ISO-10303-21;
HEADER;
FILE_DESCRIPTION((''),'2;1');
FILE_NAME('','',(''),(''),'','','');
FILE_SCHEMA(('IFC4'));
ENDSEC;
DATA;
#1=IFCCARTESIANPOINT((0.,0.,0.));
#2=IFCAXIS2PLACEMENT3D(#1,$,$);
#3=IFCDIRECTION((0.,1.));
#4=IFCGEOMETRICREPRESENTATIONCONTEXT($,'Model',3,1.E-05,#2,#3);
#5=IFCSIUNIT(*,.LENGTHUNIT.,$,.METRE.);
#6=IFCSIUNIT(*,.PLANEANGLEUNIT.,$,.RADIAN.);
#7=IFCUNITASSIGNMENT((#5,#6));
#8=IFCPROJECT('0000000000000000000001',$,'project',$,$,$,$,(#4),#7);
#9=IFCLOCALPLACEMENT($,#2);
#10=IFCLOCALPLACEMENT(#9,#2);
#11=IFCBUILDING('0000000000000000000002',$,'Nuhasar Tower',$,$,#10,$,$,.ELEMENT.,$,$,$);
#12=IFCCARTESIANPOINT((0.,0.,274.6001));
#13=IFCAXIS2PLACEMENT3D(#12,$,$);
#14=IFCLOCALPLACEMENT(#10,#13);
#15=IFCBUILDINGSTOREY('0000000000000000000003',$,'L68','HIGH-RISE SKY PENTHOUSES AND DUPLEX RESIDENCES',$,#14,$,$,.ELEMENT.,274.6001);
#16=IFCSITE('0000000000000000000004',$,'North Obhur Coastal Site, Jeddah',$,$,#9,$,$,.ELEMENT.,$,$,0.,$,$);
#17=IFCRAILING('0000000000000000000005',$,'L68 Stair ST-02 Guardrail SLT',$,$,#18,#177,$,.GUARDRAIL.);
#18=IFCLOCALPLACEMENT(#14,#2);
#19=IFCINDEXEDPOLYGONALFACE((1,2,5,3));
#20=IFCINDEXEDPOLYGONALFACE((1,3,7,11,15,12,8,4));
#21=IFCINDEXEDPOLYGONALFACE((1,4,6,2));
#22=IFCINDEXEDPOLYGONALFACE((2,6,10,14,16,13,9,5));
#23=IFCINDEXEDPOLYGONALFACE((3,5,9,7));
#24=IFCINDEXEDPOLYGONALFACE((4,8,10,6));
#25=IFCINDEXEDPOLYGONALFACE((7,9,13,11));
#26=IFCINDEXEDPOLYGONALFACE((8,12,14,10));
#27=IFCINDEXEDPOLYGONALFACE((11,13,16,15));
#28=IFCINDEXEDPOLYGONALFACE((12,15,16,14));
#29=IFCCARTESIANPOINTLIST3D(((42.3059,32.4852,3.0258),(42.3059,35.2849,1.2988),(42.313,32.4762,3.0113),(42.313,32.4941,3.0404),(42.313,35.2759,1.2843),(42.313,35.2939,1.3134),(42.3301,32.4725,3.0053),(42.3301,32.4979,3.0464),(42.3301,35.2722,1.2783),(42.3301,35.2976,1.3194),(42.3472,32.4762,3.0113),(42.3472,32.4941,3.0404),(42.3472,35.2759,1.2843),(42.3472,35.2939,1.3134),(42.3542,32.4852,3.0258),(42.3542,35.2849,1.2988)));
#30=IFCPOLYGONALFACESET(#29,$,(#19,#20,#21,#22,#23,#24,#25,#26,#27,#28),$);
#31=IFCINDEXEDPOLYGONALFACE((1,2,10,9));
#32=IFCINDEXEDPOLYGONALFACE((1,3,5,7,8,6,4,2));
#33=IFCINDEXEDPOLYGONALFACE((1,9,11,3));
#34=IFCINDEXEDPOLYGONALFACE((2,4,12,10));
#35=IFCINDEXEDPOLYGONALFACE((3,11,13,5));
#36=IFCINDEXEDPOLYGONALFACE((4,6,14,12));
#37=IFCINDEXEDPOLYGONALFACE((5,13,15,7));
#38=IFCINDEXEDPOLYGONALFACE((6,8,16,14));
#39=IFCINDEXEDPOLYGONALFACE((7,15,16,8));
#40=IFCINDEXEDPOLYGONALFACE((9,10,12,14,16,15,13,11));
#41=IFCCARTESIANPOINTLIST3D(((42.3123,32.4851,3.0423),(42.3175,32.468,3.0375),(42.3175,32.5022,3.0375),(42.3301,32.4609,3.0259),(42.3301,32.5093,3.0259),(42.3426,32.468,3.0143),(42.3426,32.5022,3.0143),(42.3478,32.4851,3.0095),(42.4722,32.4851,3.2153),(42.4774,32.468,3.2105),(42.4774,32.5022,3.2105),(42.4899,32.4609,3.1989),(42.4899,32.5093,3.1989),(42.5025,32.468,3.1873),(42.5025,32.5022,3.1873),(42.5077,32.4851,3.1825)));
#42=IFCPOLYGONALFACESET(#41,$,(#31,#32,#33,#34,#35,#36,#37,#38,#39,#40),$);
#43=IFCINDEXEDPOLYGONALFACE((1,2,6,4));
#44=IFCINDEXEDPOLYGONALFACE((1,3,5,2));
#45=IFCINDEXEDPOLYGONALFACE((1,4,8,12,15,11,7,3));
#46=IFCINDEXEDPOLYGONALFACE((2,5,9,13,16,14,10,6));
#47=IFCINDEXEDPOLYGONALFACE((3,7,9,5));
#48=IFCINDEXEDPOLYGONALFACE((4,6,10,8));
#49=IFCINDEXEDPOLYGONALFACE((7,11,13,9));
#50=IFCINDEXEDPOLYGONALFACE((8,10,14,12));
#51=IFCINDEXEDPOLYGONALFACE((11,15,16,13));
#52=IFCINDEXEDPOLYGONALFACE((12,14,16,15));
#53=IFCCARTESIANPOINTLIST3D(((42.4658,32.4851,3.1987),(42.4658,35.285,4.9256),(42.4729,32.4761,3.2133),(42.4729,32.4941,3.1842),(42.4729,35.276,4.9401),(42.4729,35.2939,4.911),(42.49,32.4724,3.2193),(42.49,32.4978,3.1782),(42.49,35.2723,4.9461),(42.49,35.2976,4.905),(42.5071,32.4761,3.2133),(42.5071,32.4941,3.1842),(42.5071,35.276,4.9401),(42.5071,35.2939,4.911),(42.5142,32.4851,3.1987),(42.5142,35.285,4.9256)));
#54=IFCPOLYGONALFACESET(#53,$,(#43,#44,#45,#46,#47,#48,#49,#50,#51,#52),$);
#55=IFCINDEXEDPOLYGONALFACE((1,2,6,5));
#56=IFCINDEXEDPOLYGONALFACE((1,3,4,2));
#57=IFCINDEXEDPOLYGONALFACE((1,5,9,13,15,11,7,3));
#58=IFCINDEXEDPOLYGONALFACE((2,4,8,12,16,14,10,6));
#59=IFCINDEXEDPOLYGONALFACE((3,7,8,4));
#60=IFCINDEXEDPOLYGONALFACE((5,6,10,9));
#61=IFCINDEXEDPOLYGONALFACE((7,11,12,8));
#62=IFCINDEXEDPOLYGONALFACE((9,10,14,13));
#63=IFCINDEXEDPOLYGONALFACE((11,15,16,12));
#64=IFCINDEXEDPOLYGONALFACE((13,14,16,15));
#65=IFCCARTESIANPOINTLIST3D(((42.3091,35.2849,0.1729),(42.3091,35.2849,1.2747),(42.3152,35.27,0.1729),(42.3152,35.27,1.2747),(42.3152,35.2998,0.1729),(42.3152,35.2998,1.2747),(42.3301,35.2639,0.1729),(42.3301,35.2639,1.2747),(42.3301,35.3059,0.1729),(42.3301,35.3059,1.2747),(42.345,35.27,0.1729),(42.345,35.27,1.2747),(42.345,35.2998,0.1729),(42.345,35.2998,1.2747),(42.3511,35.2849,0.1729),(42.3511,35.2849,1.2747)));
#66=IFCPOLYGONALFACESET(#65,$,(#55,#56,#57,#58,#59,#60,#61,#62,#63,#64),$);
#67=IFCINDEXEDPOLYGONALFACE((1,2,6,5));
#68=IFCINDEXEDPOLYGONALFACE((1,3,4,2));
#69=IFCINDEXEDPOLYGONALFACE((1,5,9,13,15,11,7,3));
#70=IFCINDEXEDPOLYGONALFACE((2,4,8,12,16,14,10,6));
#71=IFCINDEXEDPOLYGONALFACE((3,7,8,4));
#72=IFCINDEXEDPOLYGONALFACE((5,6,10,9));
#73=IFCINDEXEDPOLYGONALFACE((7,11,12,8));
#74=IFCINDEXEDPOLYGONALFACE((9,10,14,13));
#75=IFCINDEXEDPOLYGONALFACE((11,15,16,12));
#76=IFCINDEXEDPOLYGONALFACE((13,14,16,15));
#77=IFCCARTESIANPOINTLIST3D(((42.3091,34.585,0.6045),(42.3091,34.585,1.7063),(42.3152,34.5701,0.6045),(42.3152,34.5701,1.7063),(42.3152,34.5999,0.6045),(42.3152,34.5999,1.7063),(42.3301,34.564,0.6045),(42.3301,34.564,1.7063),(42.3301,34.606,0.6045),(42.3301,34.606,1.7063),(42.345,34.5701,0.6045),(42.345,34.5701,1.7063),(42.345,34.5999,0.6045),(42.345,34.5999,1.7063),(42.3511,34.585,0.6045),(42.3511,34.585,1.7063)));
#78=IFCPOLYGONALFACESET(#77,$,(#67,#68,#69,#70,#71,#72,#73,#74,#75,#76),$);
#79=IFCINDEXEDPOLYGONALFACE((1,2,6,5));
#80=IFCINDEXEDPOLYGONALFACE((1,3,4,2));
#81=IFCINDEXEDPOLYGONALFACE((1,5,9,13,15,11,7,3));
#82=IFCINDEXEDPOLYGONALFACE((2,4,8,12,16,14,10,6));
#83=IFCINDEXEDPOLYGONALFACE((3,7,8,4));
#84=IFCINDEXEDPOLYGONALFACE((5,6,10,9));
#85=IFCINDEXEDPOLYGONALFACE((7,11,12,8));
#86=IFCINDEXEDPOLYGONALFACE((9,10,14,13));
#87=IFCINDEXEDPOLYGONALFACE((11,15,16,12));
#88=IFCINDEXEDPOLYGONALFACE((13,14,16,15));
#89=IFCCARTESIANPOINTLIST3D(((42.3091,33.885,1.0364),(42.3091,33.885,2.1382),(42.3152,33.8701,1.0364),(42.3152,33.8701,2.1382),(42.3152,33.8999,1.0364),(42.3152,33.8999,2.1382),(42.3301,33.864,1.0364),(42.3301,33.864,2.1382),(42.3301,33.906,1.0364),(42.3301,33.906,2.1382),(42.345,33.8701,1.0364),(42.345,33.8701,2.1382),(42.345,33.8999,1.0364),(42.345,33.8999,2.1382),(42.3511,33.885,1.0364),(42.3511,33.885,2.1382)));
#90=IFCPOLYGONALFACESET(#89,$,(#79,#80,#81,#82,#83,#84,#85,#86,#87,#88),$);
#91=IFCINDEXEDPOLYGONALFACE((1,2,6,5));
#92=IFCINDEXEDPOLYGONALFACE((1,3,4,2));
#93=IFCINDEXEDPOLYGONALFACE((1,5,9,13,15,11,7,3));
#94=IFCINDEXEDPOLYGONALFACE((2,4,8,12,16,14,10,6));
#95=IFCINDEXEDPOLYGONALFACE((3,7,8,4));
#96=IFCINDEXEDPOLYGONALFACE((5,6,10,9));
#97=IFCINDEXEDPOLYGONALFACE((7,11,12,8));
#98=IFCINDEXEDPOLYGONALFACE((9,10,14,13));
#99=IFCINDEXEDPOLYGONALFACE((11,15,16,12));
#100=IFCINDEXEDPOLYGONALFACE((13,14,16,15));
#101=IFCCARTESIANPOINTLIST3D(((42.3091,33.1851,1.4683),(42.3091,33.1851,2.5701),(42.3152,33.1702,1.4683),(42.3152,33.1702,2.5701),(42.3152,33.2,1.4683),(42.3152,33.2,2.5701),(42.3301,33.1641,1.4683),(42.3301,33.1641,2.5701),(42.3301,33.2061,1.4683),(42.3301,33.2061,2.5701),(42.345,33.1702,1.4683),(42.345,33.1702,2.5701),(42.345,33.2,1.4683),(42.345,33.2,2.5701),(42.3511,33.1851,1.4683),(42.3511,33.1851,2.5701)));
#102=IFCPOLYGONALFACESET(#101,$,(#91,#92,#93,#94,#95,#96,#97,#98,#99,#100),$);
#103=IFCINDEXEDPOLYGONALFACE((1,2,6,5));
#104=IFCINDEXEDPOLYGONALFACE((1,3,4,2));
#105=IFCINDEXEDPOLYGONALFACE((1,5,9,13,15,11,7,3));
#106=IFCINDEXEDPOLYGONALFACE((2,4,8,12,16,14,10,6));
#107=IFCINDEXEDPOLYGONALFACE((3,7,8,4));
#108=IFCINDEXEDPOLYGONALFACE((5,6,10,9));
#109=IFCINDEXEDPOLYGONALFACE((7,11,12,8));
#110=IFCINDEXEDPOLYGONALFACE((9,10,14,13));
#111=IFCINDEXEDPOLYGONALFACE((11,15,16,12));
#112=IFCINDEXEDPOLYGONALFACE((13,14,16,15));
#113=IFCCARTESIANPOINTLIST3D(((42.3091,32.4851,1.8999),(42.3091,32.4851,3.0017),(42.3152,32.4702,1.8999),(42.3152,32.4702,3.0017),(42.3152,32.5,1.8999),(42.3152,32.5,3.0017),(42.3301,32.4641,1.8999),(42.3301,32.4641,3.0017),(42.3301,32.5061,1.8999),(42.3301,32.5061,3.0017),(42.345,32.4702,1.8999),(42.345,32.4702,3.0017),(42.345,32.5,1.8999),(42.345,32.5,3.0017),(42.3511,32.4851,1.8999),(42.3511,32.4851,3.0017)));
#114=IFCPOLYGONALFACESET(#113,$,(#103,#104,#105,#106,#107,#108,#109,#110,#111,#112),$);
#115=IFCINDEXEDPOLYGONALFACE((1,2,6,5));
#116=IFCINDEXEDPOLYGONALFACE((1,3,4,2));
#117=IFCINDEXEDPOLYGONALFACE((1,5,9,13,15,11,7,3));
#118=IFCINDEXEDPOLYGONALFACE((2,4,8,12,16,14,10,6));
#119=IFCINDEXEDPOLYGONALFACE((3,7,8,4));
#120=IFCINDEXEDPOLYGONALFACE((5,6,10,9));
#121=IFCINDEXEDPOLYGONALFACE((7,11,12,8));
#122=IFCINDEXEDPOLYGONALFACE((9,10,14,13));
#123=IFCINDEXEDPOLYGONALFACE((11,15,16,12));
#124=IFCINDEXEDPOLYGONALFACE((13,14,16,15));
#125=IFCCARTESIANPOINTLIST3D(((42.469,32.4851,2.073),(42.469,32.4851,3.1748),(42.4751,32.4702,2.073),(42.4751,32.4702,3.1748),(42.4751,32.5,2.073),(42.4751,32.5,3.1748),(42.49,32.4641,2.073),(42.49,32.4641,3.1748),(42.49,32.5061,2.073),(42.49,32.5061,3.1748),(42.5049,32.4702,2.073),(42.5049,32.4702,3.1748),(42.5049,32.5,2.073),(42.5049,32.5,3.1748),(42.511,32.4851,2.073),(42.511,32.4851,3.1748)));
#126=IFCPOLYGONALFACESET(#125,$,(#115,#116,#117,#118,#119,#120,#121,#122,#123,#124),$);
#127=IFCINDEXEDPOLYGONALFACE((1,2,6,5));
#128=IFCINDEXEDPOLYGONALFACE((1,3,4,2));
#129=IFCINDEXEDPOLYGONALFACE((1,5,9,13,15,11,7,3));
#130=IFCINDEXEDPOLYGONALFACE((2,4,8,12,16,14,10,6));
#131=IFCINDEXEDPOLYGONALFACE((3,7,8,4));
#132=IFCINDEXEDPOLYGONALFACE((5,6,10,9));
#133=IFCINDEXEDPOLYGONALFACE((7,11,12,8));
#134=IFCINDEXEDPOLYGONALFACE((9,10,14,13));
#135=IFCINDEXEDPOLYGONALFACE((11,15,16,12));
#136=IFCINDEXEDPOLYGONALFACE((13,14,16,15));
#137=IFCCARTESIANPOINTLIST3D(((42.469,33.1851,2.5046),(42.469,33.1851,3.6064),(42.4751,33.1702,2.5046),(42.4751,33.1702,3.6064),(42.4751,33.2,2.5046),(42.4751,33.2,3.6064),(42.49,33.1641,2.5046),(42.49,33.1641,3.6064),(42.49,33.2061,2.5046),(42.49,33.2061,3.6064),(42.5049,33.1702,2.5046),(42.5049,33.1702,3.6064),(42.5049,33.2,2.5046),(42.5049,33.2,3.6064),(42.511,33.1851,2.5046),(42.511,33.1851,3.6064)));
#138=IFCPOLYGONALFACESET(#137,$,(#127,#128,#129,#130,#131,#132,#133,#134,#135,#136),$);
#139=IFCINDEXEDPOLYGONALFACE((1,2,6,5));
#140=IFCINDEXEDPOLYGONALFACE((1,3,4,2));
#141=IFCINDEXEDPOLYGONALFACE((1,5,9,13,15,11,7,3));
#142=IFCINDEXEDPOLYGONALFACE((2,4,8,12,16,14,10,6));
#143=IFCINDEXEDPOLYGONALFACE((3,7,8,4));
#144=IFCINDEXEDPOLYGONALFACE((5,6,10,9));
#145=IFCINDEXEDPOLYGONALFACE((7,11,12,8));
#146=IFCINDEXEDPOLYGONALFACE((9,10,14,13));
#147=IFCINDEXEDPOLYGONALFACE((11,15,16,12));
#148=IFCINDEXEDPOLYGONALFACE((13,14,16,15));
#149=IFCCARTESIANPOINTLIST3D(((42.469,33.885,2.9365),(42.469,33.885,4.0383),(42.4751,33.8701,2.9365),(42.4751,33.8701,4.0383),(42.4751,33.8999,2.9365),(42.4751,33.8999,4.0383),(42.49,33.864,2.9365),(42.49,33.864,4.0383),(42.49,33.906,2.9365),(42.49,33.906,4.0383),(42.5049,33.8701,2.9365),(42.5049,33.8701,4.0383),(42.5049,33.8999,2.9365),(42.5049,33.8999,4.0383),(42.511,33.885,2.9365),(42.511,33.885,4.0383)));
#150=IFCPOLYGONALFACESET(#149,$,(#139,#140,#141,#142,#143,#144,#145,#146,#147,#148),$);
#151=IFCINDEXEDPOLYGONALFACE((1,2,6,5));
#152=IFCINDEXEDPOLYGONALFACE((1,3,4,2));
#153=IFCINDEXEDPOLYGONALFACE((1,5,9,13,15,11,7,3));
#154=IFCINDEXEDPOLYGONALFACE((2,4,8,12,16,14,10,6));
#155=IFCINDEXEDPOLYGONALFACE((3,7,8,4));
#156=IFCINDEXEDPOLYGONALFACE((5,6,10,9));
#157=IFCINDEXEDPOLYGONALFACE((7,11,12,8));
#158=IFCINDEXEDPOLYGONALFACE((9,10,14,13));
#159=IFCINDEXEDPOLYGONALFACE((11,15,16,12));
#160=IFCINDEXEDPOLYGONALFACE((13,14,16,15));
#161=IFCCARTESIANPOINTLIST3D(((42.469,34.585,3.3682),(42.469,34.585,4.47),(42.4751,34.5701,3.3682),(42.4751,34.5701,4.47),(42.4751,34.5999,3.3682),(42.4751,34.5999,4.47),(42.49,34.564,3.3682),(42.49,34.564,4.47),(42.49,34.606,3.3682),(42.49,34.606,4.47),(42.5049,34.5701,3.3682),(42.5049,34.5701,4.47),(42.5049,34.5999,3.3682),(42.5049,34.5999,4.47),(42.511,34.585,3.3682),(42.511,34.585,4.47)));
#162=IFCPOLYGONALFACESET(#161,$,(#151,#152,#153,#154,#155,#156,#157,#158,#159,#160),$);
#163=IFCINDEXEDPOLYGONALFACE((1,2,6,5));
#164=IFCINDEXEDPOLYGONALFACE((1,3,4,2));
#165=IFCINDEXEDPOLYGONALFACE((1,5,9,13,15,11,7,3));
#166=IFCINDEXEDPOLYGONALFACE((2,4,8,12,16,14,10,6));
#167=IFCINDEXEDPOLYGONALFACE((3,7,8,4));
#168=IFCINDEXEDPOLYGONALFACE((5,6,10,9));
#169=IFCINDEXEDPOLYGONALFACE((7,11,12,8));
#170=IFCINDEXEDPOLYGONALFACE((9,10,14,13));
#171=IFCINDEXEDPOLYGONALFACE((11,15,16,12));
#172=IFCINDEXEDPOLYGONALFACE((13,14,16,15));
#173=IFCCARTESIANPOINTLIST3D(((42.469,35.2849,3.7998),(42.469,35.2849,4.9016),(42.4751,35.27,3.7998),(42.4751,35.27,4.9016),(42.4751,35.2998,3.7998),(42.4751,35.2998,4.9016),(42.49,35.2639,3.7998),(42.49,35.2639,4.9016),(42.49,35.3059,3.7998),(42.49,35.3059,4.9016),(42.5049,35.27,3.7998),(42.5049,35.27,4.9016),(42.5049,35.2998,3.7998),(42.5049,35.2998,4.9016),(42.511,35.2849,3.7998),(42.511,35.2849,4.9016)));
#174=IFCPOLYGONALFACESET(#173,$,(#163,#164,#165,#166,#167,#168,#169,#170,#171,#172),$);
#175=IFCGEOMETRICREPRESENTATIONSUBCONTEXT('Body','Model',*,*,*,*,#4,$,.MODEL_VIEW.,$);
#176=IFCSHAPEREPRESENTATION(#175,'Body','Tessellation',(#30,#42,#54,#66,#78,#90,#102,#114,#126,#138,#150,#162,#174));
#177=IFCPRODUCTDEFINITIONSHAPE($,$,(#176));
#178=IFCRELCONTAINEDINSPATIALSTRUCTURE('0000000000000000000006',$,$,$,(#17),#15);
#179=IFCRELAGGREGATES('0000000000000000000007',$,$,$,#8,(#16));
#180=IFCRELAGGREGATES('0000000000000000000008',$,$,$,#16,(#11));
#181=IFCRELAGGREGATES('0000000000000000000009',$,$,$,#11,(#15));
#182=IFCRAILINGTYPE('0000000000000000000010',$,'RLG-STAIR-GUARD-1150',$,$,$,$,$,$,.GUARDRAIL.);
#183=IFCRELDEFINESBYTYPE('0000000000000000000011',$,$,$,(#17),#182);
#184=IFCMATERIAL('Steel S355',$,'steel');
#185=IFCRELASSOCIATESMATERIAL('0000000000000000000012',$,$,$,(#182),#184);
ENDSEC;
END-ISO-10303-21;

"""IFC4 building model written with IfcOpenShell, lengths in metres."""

from ifc_helpers import new_model, si_unit, direction, frame, origin, place, context, subcontext, project, spatial, polyline, outline, extrude, material, type_object, element, save


model = new_model("IFC4")

# Units and contexts
model_context = context("Model", 3, precision=1e-05, world=origin(), true_north=direction((0.0, 1.0)))
body_context = subcontext(model_context, "Body", "Model", "MODEL_VIEW")
ifc_project = project(units=[si_unit("LENGTHUNIT", "METRE"), si_unit("PLANEANGLEUNIT", "RADIAN")], contexts=[model_context])

# Site, building, storey
site_placement = place(None, origin())
site = spatial("IfcSite", under=ifc_project, at=site_placement, Name="North Obhur Coastal Site, Jeddah", CompositionType="ELEMENT", RefElevation=0.0)
building_placement = place(site_placement, origin())
building = spatial("IfcBuilding", under=site, at=building_placement, Name="Nuhasar Tower", CompositionType="ELEMENT")
storey_placement = place(building_placement, frame((0.0, 0.0, 274.6001)))
storey = spatial("IfcBuildingStorey", under=building, at=storey_placement, Name="L68", Description="HIGH-RISE SKY PENTHOUSES AND DUPLEX RESIDENCES", CompositionType="ELEMENT", Elevation=274.6001)

# Shared definitions
ifc_material_1 = material(Name="Steel S355", Category="steel")

# Railing
railing_type_1 = type_object("IfcRailingType", Name="RLG-STAIR-GUARD-1150", PredefinedType="GUARDRAIL", material=ifc_material_1)
railing_1_placement = place(storey_placement, frame((42.3301, 35.2849, 0.1729)))
element("IfcRailing", 1, at=railing_1_placement, inside=storey, type_object=railing_type_1, Name="L68 Stair ST-02 Guardrail SLT", PredefinedType="GUARDRAIL", context=body_context, shape_type="SweptSolid", body=[
    extrude(outline(polyline([(0.0242, 0.0), (0.0171, 0.0171), (0.0, 0.0242), (-0.0171, 0.0171), (-0.0242, 0.0), (-0.0171, -0.0171), (0.0, -0.0242), (0.0171, -0.0171), (0.0242, 0.0)])), frame((0.0, 0.0, 1.126), z_axis=(0.0, -0.851102, 0.525), x_axis=(1.0, 0.0, 0.0)), (0.0, 0.0, 1.0), 3.2896),
    extrude(outline(polyline([(0.0242, 0.0), (0.0171, 0.0171), (0.0, 0.0242), (-0.0171, 0.0171), (-0.0242, 0.0), (-0.0171, -0.0171), (0.0, -0.0242), (0.0171, -0.0171), (0.0242, 0.0)])), frame((0.0, -2.7998, 2.853), z_axis=(0.678581, 0.0, 0.734525), x_axis=(0.0, 1.0, 0.0)), (0.0, 0.0, 1.0), 0.2356),
    extrude(outline(polyline([(0.0242, 0.0), (0.0171, 0.0171), (0.0, 0.0242), (-0.0171, 0.0171), (-0.0242, 0.0), (-0.0171, -0.0171), (0.0, -0.0242), (0.0171, -0.0171), (0.0242, 0.0)])), frame((0.1599, -2.7998, 3.0259), z_axis=(0.0, 0.851135, 0.524946), x_axis=(-1.0, 0.0, 0.0)), (0.0, 0.0, 1.0), 3.2896),
    extrude(outline(polyline([(0.021, 0.0), (0.0149, 0.0149), (0.0, 0.021), (-0.0149, 0.0149), (-0.021, 0.0), (-0.0149, -0.0149), (0.0, -0.021), (0.0149, -0.0149), (0.021, 0.0)])), origin(), (0.0, 0.0, 1.0), 1.1018),
    extrude(outline(polyline([(0.021, 0.0), (0.0149, 0.0149), (0.0, 0.021), (-0.0149, 0.0149), (-0.021, 0.0), (-0.0149, -0.0149), (0.0, -0.021), (0.0149, -0.0149), (0.021, 0.0)])), frame((0.0, -0.7, 0.4316)), (0.0, 0.0, 1.0), 1.1018),
    extrude(outline(polyline([(0.021, 0.0), (0.0149, 0.0149), (0.0, 0.021), (-0.0149, 0.0149), (-0.021, 0.0), (-0.0149, -0.0149), (0.0, -0.021), (0.0149, -0.0149), (0.021, 0.0)])), frame((0.0, -1.3999, 0.8635)), (0.0, 0.0, 1.0), 1.1018),
    extrude(outline(polyline([(0.021, 0.0), (0.0149, 0.0149), (0.0, 0.021), (-0.0149, 0.0149), (-0.021, 0.0), (-0.0149, -0.0149), (0.0, -0.021), (0.0149, -0.0149), (0.021, 0.0)])), frame((0.0, -2.0999, 1.2954)), (0.0, 0.0, 1.0), 1.1018),
    extrude(outline(polyline([(0.021, 0.0), (0.0149, 0.0149), (0.0, 0.021), (-0.0149, 0.0149), (-0.021, 0.0), (-0.0149, -0.0149), (0.0, -0.021), (0.0149, -0.0149), (0.021, 0.0)])), frame((0.0, -2.7998, 1.7271)), (0.0, 0.0, 1.0), 1.1018),
    extrude(outline(polyline([(0.021, 0.0), (0.0149, 0.0149), (0.0, 0.021), (-0.0149, 0.0149), (-0.021, 0.0), (-0.0149, -0.0149), (0.0, -0.021), (0.0149, -0.0149), (0.021, 0.0)])), frame((0.1599, -2.7998, 1.9001)), (0.0, 0.0, 1.0), 1.1018),
    extrude(outline(polyline([(0.021, 0.0), (0.0149, 0.0149), (0.0, 0.021), (-0.0149, 0.0149), (-0.021, 0.0), (-0.0149, -0.0149), (0.0, -0.021), (0.0149, -0.0149), (0.021, 0.0)])), frame((0.1599, -2.0999, 2.3318)), (0.0, 0.0, 1.0), 1.1018),
    extrude(outline(polyline([(0.021, 0.0), (0.0149, 0.0149), (0.0, 0.021), (-0.0149, 0.0149), (-0.021, 0.0), (-0.0149, -0.0149), (0.0, -0.021), (0.0149, -0.0149), (0.021, 0.0)])), frame((0.1599, -1.3999, 2.7637)), (0.0, 0.0, 1.0), 1.1018),
    extrude(outline(polyline([(0.021, 0.0), (0.0149, 0.0149), (0.0, 0.021), (-0.0149, 0.0149), (-0.021, 0.0), (-0.0149, -0.0149), (0.0, -0.021), (0.0149, -0.0149), (0.021, 0.0)])), frame((0.1599, -0.7, 3.1953)), (0.0, 0.0, 1.0), 1.1018),
    extrude(outline(polyline([(0.021, 0.0), (0.0149, 0.0149), (0.0, 0.021), (-0.0149, 0.0149), (-0.021, 0.0), (-0.0149, -0.0149), (0.0, -0.021), (0.0149, -0.0149), (0.021, 0.0)])), frame((0.1599, 0.0, 3.627)), (0.0, 0.0, 1.0), 1.1018),
])

save(model, "model.ifc")
